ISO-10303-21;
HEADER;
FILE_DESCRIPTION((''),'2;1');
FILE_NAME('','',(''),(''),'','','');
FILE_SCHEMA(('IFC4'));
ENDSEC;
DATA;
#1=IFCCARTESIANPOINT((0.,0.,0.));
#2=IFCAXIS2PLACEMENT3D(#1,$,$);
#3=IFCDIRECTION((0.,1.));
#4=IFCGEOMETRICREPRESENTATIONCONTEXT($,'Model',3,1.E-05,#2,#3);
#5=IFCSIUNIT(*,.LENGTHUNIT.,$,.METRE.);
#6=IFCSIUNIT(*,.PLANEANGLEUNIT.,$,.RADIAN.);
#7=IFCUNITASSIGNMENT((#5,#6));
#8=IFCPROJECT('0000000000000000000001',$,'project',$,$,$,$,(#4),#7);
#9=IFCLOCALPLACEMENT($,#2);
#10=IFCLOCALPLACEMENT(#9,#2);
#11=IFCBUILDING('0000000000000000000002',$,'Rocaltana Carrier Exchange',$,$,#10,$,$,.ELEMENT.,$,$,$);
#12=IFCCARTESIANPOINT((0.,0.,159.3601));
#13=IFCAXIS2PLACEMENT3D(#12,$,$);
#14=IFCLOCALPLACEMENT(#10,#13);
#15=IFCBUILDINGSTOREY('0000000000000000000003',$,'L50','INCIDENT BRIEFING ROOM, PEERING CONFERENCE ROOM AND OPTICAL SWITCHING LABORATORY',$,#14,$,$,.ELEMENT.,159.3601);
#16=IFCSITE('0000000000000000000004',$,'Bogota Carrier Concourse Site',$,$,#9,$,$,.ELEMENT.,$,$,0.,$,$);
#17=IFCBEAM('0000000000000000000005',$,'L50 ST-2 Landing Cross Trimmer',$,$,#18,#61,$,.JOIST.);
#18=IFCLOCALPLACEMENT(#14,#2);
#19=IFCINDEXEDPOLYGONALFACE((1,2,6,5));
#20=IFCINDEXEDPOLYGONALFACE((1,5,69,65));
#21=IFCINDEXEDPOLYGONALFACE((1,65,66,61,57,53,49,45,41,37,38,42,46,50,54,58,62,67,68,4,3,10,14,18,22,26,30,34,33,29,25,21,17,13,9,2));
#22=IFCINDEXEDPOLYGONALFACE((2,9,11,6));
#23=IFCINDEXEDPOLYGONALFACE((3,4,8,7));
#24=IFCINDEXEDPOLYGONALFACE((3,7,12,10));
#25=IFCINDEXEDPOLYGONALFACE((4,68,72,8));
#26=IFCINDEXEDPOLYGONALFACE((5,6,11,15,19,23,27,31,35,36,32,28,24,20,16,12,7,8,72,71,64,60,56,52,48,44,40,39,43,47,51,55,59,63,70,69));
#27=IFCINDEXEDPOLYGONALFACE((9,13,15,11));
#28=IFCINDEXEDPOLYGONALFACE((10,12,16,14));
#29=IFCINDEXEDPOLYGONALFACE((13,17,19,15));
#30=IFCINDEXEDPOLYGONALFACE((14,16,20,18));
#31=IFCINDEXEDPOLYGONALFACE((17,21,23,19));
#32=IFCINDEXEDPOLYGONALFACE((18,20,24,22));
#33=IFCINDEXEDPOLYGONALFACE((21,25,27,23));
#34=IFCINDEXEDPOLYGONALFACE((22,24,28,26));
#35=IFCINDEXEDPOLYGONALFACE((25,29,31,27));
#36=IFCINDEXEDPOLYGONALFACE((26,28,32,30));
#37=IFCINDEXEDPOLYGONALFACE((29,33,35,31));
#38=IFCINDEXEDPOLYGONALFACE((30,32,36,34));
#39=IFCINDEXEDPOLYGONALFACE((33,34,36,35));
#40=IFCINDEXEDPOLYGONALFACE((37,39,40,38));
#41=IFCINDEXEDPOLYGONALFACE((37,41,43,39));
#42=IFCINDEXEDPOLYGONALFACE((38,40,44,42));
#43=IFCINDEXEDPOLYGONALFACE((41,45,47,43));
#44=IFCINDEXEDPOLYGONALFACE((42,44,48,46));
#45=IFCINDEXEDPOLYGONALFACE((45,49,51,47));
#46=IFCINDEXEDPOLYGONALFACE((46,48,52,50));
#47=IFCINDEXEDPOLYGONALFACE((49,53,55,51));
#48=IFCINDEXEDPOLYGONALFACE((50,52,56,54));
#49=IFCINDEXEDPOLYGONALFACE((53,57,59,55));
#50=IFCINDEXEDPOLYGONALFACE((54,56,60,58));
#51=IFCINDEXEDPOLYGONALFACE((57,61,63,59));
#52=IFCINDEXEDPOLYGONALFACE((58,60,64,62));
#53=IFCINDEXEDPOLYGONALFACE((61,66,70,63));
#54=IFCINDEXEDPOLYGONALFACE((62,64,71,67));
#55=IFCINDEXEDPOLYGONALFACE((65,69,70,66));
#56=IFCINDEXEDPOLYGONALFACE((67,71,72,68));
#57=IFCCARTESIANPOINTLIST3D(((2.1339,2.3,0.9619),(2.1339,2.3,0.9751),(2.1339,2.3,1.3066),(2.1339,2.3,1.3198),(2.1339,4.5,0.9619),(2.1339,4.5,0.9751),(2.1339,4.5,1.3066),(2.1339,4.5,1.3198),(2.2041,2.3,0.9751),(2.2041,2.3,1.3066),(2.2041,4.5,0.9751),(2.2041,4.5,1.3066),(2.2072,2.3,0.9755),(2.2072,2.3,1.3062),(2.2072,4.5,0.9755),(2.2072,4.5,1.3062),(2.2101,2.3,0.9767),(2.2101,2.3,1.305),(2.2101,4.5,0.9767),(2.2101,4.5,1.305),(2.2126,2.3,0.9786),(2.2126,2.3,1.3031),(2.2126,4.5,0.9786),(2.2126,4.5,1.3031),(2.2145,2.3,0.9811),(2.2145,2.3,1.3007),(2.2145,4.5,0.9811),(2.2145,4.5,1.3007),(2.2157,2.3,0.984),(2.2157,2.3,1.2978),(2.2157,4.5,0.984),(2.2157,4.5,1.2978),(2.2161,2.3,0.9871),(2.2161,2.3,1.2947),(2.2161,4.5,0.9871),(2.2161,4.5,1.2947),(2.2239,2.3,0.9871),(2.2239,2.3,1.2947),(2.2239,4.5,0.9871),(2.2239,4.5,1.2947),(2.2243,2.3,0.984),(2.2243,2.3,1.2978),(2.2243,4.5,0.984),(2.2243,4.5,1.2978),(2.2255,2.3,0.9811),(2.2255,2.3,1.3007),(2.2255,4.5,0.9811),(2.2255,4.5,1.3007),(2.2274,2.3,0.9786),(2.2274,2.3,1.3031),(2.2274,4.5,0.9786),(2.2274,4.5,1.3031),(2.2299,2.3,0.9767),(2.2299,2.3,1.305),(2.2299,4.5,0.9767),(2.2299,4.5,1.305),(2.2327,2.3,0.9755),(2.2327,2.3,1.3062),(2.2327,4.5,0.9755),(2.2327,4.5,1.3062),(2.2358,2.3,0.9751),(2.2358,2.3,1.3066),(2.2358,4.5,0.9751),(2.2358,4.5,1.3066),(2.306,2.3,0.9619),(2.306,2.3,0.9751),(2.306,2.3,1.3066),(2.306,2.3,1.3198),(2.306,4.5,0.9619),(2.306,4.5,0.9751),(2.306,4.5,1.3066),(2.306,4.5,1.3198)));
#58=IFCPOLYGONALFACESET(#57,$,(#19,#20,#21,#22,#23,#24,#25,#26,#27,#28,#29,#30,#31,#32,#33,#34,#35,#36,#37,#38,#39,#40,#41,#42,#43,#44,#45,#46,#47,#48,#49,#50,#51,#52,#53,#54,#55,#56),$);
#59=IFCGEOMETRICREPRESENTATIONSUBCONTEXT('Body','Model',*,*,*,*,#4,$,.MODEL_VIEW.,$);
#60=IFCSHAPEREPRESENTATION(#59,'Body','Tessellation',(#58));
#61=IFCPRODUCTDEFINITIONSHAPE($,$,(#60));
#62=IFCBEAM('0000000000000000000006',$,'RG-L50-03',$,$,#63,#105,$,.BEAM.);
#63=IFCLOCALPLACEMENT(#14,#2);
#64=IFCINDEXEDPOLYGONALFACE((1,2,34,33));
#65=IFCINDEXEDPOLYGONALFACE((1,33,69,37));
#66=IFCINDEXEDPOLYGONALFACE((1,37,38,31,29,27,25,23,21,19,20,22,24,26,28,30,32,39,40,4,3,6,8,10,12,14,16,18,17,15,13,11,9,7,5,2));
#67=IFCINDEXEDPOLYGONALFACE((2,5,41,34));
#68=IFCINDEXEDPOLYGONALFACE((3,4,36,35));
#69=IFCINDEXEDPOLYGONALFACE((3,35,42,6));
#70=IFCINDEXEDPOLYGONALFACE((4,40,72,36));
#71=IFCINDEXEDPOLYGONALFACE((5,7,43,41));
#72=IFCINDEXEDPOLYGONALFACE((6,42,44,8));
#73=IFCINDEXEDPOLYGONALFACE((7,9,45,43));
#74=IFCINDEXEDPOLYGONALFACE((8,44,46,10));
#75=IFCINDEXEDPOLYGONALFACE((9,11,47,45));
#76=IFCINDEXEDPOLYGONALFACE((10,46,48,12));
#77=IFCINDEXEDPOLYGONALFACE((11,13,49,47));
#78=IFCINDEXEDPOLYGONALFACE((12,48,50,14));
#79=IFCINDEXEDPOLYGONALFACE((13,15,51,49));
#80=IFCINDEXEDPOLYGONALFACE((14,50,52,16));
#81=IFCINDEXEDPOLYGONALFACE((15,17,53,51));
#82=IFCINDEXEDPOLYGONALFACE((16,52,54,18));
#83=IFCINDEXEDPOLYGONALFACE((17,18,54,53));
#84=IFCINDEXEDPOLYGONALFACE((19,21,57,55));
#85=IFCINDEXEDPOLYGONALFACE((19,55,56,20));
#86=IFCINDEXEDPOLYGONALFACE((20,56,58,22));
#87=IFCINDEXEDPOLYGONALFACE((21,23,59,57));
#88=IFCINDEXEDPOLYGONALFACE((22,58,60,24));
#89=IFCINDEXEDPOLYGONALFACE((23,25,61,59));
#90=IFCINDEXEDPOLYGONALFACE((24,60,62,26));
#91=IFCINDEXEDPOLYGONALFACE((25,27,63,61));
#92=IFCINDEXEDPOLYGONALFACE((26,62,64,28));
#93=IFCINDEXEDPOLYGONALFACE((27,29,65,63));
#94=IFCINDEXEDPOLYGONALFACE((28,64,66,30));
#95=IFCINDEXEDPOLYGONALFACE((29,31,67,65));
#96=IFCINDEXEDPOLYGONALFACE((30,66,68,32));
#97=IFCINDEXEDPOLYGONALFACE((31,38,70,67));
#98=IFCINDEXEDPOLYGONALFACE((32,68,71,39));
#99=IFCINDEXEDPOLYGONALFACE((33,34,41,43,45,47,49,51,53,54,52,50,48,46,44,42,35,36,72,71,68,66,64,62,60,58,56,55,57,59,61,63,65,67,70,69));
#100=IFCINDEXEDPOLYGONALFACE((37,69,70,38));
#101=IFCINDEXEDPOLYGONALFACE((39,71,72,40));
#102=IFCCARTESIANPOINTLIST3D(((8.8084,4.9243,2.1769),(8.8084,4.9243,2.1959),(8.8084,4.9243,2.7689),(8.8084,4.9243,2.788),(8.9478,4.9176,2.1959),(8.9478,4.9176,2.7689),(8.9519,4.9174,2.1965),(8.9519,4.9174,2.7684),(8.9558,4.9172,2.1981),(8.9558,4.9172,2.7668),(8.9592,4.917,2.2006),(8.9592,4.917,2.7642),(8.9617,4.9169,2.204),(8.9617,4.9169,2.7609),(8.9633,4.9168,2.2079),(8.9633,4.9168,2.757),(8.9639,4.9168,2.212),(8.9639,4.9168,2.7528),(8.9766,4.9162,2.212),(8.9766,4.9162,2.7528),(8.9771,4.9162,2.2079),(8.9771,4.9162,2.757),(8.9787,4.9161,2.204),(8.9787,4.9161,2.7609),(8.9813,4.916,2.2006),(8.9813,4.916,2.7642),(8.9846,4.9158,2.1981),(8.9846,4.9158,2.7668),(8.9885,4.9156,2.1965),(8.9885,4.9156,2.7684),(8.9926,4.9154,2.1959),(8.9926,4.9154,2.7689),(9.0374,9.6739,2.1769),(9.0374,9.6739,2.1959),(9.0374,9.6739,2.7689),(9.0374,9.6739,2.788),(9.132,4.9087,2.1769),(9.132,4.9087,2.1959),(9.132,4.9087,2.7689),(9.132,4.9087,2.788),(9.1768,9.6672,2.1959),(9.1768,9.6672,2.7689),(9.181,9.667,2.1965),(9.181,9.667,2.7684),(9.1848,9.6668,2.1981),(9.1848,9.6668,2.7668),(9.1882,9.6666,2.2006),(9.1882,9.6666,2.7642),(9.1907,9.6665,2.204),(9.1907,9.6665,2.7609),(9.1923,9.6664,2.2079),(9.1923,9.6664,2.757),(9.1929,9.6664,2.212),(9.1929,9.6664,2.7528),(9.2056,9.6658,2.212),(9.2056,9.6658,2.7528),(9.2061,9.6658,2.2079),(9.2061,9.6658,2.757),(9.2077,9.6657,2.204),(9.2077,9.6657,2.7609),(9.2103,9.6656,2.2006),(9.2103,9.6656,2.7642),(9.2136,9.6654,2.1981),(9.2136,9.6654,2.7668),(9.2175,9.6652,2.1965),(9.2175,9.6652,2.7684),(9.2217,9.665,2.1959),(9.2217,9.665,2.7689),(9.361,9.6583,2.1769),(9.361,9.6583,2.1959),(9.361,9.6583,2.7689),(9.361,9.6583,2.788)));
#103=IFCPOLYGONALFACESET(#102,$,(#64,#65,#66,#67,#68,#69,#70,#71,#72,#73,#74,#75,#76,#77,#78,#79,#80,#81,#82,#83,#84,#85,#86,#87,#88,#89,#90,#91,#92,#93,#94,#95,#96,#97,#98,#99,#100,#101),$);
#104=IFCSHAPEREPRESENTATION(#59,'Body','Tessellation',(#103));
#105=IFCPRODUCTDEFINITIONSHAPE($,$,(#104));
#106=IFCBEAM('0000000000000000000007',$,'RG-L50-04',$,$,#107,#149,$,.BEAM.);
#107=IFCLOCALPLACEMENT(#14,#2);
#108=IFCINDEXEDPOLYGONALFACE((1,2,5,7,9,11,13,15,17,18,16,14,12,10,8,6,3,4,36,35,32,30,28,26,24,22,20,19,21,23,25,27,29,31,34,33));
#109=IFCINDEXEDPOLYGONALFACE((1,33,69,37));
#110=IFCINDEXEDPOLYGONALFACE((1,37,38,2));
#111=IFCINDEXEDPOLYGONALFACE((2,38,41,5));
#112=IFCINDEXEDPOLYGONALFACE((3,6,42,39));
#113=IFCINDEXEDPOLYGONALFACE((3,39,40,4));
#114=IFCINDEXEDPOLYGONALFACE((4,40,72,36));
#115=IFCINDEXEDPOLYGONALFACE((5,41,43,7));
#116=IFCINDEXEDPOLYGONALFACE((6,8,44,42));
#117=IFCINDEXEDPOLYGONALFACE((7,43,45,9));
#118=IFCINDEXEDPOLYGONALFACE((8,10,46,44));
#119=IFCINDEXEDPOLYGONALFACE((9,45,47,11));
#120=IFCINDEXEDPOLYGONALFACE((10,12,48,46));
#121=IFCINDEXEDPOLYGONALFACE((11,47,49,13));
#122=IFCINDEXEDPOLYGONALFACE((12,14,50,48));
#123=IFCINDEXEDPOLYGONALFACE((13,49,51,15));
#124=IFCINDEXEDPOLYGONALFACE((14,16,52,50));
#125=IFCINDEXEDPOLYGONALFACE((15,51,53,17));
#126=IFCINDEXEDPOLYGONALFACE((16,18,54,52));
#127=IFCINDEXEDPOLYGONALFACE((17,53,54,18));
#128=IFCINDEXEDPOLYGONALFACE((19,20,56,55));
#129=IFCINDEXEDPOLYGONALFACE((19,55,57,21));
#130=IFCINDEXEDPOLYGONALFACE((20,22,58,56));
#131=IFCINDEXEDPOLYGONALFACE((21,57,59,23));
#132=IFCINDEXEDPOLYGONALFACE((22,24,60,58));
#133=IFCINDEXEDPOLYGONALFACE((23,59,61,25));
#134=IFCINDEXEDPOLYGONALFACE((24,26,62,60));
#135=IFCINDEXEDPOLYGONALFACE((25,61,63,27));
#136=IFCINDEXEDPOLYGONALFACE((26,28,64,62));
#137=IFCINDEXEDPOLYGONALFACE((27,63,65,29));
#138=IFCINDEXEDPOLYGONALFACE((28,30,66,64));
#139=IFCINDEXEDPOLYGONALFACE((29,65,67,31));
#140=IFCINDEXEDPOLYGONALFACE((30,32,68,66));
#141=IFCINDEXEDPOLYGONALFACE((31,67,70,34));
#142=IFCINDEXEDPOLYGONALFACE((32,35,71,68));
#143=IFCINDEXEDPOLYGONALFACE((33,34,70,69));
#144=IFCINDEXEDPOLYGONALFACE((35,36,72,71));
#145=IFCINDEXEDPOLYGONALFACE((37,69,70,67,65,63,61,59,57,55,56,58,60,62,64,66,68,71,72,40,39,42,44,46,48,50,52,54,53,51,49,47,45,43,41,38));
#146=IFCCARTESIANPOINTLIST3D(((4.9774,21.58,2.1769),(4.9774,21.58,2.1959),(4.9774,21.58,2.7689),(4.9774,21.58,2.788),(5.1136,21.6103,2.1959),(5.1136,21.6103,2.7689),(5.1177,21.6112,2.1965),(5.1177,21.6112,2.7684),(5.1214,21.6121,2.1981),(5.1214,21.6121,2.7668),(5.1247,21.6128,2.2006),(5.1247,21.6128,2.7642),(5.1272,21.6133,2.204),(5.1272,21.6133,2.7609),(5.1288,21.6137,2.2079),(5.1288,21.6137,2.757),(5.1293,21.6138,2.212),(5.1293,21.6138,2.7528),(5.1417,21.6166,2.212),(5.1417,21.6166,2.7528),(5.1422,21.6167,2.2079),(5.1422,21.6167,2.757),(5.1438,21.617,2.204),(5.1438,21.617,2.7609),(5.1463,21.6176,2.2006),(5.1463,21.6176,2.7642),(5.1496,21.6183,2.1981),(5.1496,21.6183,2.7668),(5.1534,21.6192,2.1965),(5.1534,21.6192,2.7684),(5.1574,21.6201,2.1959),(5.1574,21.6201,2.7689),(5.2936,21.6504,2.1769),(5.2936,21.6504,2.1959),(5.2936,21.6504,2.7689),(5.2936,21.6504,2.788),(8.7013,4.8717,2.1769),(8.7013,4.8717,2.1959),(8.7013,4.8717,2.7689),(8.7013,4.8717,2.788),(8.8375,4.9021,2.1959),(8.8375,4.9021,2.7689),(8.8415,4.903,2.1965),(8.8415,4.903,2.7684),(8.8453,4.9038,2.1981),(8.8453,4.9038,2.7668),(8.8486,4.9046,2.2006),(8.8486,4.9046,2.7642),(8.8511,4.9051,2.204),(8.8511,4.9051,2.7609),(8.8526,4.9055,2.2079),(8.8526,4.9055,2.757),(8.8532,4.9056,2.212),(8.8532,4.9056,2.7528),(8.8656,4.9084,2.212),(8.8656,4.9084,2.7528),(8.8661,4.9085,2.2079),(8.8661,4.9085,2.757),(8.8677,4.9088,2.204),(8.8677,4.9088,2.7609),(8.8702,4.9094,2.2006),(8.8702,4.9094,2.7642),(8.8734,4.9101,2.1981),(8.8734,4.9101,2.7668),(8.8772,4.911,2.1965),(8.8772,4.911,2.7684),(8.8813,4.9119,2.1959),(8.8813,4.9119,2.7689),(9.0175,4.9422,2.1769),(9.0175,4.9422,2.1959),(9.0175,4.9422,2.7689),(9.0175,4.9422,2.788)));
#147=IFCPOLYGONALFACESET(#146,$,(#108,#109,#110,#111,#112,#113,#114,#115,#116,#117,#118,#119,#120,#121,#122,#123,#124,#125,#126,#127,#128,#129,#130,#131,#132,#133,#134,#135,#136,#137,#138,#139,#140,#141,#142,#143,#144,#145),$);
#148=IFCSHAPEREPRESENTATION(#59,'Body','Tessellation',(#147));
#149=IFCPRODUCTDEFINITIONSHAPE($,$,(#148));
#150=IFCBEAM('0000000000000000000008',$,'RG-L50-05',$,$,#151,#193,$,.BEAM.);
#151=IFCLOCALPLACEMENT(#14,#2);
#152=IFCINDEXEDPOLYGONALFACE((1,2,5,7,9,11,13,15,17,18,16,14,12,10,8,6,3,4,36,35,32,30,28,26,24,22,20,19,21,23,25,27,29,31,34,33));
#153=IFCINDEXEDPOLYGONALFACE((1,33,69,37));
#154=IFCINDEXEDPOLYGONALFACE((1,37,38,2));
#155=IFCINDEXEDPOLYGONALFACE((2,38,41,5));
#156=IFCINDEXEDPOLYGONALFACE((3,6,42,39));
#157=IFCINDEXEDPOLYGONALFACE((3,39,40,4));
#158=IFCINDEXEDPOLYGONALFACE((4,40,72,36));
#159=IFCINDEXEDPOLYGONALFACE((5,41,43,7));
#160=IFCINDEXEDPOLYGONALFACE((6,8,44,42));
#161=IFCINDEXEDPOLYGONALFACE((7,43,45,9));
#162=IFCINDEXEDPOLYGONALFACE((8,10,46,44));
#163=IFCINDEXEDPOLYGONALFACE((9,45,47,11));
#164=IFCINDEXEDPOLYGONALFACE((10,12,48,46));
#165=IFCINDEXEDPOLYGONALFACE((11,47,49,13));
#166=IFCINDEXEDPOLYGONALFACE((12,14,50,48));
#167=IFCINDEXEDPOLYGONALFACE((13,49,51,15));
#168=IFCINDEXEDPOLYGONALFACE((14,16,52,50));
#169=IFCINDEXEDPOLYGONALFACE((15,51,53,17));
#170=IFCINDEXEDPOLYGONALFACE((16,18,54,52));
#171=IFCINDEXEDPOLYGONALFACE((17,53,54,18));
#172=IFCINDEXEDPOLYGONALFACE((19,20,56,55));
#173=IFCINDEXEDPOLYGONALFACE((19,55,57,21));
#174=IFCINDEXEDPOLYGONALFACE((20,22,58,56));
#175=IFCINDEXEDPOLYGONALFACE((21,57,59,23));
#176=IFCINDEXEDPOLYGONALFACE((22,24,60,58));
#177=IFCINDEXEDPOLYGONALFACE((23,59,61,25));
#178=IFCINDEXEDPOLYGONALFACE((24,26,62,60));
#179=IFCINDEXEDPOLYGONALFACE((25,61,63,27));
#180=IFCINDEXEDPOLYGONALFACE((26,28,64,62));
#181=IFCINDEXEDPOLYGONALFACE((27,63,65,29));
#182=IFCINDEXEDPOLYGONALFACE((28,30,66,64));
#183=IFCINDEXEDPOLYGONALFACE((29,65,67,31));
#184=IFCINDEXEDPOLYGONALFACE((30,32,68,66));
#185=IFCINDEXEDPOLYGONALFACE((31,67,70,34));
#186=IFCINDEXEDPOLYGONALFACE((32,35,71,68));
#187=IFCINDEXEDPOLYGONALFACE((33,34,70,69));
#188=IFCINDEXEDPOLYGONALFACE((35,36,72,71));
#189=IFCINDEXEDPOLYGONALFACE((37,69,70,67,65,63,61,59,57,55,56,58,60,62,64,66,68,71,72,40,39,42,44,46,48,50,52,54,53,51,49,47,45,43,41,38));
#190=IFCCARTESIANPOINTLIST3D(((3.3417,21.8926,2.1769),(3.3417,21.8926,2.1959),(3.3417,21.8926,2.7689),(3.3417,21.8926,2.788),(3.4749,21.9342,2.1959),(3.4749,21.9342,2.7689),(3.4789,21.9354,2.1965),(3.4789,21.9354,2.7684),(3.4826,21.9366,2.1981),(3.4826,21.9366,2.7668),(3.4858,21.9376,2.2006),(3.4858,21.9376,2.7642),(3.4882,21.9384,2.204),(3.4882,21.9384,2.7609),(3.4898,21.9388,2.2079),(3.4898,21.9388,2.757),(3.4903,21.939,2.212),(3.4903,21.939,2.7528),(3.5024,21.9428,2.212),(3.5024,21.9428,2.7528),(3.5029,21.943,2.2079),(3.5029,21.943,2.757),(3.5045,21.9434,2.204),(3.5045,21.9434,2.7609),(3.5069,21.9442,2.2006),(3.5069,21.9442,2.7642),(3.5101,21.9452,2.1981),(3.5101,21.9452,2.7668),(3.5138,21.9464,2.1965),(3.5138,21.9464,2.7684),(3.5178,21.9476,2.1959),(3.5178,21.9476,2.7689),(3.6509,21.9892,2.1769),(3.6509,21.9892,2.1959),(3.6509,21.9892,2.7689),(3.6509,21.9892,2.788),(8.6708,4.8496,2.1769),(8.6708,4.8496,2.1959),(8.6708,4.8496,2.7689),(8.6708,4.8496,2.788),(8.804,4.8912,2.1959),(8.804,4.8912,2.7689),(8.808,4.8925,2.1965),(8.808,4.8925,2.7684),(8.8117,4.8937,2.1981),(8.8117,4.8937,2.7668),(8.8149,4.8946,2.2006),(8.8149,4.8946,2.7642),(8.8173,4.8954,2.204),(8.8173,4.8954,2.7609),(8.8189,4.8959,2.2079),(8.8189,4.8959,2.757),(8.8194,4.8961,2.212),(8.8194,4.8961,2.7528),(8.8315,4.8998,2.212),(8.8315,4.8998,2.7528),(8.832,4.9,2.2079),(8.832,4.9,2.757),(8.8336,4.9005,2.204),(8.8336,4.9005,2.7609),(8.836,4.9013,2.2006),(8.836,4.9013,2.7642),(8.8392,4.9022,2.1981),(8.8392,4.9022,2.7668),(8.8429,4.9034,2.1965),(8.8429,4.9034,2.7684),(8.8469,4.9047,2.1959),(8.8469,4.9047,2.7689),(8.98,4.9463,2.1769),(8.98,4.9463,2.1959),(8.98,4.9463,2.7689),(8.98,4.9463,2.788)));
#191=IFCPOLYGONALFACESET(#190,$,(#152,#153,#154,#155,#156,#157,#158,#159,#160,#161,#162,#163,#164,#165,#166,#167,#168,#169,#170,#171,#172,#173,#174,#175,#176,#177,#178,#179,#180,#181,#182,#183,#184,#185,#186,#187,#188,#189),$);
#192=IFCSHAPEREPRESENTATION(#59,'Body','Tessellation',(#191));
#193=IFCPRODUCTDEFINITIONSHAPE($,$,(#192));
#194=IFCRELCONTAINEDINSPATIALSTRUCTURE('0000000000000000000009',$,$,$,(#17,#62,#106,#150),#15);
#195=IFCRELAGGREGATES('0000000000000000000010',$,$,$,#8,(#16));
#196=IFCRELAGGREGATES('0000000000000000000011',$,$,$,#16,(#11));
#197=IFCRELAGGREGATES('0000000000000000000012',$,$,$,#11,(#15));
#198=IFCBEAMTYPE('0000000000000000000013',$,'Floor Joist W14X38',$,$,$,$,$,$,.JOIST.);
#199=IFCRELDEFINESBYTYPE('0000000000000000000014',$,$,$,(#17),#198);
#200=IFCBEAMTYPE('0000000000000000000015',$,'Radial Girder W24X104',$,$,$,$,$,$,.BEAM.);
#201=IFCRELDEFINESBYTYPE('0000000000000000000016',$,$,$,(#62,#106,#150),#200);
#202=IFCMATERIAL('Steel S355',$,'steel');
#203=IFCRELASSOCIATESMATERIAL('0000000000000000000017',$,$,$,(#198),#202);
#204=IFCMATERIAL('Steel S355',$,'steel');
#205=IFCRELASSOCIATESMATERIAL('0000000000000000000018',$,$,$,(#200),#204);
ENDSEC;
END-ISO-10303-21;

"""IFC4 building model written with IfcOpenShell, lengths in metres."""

from ifc_helpers import new_model, si_unit, direction, frame, origin, origin_2d, place, context, subcontext, project, spatial, i_section, extrude, material, material_profile, profile_set, type_object, element, save


model = new_model("IFC4")

# Units and contexts
model_context = context("Model", 3, precision=1e-05, world=origin(), true_north=direction((0.0, 1.0)))
body_context = subcontext(model_context, "Body", "Model", "MODEL_VIEW")
ifc_project = project(units=[si_unit("LENGTHUNIT", "METRE"), si_unit("PLANEANGLEUNIT", "RADIAN")], contexts=[model_context])

# Site, building, storey
site_placement = place(None, origin())
site = spatial("IfcSite", under=ifc_project, at=site_placement, Name="Bogota Carrier Concourse Site", CompositionType="ELEMENT", RefElevation=0.0)
building_placement = place(site_placement, origin())
building = spatial("IfcBuilding", under=site, at=building_placement, Name="Rocaltana Carrier Exchange", CompositionType="ELEMENT")
storey_placement = place(building_placement, frame((0.0, 0.0, 159.3601)))
storey = spatial("IfcBuildingStorey", under=building, at=storey_placement, Name="L50", Description="INCIDENT BRIEFING ROOM, PEERING CONFERENCE ROOM AND OPTICAL SWITCHING LABORATORY", CompositionType="ELEMENT", Elevation=159.3601)

# Beams
ifc_material_1 = material(Name="Steel S355", Category="steel")
ifc_material_profile_1 = material_profile(ifc_material_1, i_section(OverallWidth=0.1721, OverallDepth=0.3579, WebThickness=0.0078, FlangeThickness=0.0132, FilletRadius=0.012, at=origin_2d()), Name="W14X38")
ifc_profile_set_1 = profile_set([ifc_material_profile_1], Name="Steel S355")
beam_type_1 = type_object("IfcBeamType", Name="Floor Joist W14X38", PredefinedType="JOIST", material=ifc_profile_set_1)
beam_1_placement = place(storey_placement, frame((2.22, 2.3, 1.1409), z_axis=(0.0, 1.0, 0.0), x_axis=(-1.0, 0.0, 0.0)))
element("IfcBeam", 1, at=beam_1_placement, inside=storey, type_object=beam_type_1, Name="L50 ST-2 Landing Cross Trimmer", PredefinedType="JOIST", context=body_context, shape_type="SweptSolid", body=[
    extrude(i_section(OverallWidth=0.1721, OverallDepth=0.3579, WebThickness=0.0078, FlangeThickness=0.0132, FilletRadius=0.012, at=origin_2d()), origin(), (0.0, 0.0, 1.0), 2.2),
])
ifc_material_2 = material(Name="Steel S355", Category="steel")
ifc_material_profile_2 = material_profile(ifc_material_2, i_section(OverallWidth=0.324, OverallDepth=0.6111, WebThickness=0.0127, FlangeThickness=0.019, FilletRadius=0.0161, at=origin_2d()), Name="W24X104")
ifc_profile_set_2 = profile_set([ifc_material_profile_2], Name="Steel S355")
beam_type_2 = type_object("IfcBeamType", Name="Radial Girder W24X104", PredefinedType="BEAM", material=ifc_profile_set_2)
beam_2_placement = place(storey_placement, frame((8.9702, 4.9165, 2.4824), z_axis=(0.04816, 0.99884, 0.0), x_axis=(-0.99884, 0.04816, 0.0)))
element("IfcBeam", 2, at=beam_2_placement, inside=storey, type_object=beam_type_2, Name="RG-L50-03", PredefinedType="BEAM", context=body_context, shape_type="SweptSolid", body=[
    extrude(i_section(OverallWidth=0.324, OverallDepth=0.6111, WebThickness=0.0127, FlangeThickness=0.019, FilletRadius=0.0161, at=origin_2d()), origin(), (0.0, 0.0, 1.0), 4.7551),
])
beam_3_placement = place(storey_placement, frame((8.8594, 4.907, 2.4824), z_axis=(-0.217539, 0.976052, 0.0), x_axis=(-0.976052, -0.217539, 0.0)))
element("IfcBeam", 3, at=beam_3_placement, inside=storey, type_object=beam_type_2, Name="RG-L50-04", PredefinedType="BEAM", context=body_context, shape_type="SweptSolid", body=[
    extrude(i_section(OverallWidth=0.324, OverallDepth=0.6111, WebThickness=0.0127, FlangeThickness=0.019, FilletRadius=0.0161, at=origin_2d()), origin(), (0.0, 0.0, 1.0), 17.1182),
])
beam_4_placement = place(storey_placement, frame((8.8254, 4.8979, 2.4824), z_axis=(-0.298437, 0.954429, 0.0), x_axis=(-0.954429, -0.298437, 0.0)))
element("IfcBeam", 4, at=beam_4_placement, inside=storey, type_object=beam_type_2, Name="RG-L50-05", PredefinedType="BEAM", context=body_context, shape_type="SweptSolid", body=[
    extrude(i_section(OverallWidth=0.324, OverallDepth=0.6111, WebThickness=0.0127, FlangeThickness=0.019, FilletRadius=0.0161, at=origin_2d()), origin(), (0.0, 0.0, 1.0), 17.8567),
])

save(model, "model.ifc")
